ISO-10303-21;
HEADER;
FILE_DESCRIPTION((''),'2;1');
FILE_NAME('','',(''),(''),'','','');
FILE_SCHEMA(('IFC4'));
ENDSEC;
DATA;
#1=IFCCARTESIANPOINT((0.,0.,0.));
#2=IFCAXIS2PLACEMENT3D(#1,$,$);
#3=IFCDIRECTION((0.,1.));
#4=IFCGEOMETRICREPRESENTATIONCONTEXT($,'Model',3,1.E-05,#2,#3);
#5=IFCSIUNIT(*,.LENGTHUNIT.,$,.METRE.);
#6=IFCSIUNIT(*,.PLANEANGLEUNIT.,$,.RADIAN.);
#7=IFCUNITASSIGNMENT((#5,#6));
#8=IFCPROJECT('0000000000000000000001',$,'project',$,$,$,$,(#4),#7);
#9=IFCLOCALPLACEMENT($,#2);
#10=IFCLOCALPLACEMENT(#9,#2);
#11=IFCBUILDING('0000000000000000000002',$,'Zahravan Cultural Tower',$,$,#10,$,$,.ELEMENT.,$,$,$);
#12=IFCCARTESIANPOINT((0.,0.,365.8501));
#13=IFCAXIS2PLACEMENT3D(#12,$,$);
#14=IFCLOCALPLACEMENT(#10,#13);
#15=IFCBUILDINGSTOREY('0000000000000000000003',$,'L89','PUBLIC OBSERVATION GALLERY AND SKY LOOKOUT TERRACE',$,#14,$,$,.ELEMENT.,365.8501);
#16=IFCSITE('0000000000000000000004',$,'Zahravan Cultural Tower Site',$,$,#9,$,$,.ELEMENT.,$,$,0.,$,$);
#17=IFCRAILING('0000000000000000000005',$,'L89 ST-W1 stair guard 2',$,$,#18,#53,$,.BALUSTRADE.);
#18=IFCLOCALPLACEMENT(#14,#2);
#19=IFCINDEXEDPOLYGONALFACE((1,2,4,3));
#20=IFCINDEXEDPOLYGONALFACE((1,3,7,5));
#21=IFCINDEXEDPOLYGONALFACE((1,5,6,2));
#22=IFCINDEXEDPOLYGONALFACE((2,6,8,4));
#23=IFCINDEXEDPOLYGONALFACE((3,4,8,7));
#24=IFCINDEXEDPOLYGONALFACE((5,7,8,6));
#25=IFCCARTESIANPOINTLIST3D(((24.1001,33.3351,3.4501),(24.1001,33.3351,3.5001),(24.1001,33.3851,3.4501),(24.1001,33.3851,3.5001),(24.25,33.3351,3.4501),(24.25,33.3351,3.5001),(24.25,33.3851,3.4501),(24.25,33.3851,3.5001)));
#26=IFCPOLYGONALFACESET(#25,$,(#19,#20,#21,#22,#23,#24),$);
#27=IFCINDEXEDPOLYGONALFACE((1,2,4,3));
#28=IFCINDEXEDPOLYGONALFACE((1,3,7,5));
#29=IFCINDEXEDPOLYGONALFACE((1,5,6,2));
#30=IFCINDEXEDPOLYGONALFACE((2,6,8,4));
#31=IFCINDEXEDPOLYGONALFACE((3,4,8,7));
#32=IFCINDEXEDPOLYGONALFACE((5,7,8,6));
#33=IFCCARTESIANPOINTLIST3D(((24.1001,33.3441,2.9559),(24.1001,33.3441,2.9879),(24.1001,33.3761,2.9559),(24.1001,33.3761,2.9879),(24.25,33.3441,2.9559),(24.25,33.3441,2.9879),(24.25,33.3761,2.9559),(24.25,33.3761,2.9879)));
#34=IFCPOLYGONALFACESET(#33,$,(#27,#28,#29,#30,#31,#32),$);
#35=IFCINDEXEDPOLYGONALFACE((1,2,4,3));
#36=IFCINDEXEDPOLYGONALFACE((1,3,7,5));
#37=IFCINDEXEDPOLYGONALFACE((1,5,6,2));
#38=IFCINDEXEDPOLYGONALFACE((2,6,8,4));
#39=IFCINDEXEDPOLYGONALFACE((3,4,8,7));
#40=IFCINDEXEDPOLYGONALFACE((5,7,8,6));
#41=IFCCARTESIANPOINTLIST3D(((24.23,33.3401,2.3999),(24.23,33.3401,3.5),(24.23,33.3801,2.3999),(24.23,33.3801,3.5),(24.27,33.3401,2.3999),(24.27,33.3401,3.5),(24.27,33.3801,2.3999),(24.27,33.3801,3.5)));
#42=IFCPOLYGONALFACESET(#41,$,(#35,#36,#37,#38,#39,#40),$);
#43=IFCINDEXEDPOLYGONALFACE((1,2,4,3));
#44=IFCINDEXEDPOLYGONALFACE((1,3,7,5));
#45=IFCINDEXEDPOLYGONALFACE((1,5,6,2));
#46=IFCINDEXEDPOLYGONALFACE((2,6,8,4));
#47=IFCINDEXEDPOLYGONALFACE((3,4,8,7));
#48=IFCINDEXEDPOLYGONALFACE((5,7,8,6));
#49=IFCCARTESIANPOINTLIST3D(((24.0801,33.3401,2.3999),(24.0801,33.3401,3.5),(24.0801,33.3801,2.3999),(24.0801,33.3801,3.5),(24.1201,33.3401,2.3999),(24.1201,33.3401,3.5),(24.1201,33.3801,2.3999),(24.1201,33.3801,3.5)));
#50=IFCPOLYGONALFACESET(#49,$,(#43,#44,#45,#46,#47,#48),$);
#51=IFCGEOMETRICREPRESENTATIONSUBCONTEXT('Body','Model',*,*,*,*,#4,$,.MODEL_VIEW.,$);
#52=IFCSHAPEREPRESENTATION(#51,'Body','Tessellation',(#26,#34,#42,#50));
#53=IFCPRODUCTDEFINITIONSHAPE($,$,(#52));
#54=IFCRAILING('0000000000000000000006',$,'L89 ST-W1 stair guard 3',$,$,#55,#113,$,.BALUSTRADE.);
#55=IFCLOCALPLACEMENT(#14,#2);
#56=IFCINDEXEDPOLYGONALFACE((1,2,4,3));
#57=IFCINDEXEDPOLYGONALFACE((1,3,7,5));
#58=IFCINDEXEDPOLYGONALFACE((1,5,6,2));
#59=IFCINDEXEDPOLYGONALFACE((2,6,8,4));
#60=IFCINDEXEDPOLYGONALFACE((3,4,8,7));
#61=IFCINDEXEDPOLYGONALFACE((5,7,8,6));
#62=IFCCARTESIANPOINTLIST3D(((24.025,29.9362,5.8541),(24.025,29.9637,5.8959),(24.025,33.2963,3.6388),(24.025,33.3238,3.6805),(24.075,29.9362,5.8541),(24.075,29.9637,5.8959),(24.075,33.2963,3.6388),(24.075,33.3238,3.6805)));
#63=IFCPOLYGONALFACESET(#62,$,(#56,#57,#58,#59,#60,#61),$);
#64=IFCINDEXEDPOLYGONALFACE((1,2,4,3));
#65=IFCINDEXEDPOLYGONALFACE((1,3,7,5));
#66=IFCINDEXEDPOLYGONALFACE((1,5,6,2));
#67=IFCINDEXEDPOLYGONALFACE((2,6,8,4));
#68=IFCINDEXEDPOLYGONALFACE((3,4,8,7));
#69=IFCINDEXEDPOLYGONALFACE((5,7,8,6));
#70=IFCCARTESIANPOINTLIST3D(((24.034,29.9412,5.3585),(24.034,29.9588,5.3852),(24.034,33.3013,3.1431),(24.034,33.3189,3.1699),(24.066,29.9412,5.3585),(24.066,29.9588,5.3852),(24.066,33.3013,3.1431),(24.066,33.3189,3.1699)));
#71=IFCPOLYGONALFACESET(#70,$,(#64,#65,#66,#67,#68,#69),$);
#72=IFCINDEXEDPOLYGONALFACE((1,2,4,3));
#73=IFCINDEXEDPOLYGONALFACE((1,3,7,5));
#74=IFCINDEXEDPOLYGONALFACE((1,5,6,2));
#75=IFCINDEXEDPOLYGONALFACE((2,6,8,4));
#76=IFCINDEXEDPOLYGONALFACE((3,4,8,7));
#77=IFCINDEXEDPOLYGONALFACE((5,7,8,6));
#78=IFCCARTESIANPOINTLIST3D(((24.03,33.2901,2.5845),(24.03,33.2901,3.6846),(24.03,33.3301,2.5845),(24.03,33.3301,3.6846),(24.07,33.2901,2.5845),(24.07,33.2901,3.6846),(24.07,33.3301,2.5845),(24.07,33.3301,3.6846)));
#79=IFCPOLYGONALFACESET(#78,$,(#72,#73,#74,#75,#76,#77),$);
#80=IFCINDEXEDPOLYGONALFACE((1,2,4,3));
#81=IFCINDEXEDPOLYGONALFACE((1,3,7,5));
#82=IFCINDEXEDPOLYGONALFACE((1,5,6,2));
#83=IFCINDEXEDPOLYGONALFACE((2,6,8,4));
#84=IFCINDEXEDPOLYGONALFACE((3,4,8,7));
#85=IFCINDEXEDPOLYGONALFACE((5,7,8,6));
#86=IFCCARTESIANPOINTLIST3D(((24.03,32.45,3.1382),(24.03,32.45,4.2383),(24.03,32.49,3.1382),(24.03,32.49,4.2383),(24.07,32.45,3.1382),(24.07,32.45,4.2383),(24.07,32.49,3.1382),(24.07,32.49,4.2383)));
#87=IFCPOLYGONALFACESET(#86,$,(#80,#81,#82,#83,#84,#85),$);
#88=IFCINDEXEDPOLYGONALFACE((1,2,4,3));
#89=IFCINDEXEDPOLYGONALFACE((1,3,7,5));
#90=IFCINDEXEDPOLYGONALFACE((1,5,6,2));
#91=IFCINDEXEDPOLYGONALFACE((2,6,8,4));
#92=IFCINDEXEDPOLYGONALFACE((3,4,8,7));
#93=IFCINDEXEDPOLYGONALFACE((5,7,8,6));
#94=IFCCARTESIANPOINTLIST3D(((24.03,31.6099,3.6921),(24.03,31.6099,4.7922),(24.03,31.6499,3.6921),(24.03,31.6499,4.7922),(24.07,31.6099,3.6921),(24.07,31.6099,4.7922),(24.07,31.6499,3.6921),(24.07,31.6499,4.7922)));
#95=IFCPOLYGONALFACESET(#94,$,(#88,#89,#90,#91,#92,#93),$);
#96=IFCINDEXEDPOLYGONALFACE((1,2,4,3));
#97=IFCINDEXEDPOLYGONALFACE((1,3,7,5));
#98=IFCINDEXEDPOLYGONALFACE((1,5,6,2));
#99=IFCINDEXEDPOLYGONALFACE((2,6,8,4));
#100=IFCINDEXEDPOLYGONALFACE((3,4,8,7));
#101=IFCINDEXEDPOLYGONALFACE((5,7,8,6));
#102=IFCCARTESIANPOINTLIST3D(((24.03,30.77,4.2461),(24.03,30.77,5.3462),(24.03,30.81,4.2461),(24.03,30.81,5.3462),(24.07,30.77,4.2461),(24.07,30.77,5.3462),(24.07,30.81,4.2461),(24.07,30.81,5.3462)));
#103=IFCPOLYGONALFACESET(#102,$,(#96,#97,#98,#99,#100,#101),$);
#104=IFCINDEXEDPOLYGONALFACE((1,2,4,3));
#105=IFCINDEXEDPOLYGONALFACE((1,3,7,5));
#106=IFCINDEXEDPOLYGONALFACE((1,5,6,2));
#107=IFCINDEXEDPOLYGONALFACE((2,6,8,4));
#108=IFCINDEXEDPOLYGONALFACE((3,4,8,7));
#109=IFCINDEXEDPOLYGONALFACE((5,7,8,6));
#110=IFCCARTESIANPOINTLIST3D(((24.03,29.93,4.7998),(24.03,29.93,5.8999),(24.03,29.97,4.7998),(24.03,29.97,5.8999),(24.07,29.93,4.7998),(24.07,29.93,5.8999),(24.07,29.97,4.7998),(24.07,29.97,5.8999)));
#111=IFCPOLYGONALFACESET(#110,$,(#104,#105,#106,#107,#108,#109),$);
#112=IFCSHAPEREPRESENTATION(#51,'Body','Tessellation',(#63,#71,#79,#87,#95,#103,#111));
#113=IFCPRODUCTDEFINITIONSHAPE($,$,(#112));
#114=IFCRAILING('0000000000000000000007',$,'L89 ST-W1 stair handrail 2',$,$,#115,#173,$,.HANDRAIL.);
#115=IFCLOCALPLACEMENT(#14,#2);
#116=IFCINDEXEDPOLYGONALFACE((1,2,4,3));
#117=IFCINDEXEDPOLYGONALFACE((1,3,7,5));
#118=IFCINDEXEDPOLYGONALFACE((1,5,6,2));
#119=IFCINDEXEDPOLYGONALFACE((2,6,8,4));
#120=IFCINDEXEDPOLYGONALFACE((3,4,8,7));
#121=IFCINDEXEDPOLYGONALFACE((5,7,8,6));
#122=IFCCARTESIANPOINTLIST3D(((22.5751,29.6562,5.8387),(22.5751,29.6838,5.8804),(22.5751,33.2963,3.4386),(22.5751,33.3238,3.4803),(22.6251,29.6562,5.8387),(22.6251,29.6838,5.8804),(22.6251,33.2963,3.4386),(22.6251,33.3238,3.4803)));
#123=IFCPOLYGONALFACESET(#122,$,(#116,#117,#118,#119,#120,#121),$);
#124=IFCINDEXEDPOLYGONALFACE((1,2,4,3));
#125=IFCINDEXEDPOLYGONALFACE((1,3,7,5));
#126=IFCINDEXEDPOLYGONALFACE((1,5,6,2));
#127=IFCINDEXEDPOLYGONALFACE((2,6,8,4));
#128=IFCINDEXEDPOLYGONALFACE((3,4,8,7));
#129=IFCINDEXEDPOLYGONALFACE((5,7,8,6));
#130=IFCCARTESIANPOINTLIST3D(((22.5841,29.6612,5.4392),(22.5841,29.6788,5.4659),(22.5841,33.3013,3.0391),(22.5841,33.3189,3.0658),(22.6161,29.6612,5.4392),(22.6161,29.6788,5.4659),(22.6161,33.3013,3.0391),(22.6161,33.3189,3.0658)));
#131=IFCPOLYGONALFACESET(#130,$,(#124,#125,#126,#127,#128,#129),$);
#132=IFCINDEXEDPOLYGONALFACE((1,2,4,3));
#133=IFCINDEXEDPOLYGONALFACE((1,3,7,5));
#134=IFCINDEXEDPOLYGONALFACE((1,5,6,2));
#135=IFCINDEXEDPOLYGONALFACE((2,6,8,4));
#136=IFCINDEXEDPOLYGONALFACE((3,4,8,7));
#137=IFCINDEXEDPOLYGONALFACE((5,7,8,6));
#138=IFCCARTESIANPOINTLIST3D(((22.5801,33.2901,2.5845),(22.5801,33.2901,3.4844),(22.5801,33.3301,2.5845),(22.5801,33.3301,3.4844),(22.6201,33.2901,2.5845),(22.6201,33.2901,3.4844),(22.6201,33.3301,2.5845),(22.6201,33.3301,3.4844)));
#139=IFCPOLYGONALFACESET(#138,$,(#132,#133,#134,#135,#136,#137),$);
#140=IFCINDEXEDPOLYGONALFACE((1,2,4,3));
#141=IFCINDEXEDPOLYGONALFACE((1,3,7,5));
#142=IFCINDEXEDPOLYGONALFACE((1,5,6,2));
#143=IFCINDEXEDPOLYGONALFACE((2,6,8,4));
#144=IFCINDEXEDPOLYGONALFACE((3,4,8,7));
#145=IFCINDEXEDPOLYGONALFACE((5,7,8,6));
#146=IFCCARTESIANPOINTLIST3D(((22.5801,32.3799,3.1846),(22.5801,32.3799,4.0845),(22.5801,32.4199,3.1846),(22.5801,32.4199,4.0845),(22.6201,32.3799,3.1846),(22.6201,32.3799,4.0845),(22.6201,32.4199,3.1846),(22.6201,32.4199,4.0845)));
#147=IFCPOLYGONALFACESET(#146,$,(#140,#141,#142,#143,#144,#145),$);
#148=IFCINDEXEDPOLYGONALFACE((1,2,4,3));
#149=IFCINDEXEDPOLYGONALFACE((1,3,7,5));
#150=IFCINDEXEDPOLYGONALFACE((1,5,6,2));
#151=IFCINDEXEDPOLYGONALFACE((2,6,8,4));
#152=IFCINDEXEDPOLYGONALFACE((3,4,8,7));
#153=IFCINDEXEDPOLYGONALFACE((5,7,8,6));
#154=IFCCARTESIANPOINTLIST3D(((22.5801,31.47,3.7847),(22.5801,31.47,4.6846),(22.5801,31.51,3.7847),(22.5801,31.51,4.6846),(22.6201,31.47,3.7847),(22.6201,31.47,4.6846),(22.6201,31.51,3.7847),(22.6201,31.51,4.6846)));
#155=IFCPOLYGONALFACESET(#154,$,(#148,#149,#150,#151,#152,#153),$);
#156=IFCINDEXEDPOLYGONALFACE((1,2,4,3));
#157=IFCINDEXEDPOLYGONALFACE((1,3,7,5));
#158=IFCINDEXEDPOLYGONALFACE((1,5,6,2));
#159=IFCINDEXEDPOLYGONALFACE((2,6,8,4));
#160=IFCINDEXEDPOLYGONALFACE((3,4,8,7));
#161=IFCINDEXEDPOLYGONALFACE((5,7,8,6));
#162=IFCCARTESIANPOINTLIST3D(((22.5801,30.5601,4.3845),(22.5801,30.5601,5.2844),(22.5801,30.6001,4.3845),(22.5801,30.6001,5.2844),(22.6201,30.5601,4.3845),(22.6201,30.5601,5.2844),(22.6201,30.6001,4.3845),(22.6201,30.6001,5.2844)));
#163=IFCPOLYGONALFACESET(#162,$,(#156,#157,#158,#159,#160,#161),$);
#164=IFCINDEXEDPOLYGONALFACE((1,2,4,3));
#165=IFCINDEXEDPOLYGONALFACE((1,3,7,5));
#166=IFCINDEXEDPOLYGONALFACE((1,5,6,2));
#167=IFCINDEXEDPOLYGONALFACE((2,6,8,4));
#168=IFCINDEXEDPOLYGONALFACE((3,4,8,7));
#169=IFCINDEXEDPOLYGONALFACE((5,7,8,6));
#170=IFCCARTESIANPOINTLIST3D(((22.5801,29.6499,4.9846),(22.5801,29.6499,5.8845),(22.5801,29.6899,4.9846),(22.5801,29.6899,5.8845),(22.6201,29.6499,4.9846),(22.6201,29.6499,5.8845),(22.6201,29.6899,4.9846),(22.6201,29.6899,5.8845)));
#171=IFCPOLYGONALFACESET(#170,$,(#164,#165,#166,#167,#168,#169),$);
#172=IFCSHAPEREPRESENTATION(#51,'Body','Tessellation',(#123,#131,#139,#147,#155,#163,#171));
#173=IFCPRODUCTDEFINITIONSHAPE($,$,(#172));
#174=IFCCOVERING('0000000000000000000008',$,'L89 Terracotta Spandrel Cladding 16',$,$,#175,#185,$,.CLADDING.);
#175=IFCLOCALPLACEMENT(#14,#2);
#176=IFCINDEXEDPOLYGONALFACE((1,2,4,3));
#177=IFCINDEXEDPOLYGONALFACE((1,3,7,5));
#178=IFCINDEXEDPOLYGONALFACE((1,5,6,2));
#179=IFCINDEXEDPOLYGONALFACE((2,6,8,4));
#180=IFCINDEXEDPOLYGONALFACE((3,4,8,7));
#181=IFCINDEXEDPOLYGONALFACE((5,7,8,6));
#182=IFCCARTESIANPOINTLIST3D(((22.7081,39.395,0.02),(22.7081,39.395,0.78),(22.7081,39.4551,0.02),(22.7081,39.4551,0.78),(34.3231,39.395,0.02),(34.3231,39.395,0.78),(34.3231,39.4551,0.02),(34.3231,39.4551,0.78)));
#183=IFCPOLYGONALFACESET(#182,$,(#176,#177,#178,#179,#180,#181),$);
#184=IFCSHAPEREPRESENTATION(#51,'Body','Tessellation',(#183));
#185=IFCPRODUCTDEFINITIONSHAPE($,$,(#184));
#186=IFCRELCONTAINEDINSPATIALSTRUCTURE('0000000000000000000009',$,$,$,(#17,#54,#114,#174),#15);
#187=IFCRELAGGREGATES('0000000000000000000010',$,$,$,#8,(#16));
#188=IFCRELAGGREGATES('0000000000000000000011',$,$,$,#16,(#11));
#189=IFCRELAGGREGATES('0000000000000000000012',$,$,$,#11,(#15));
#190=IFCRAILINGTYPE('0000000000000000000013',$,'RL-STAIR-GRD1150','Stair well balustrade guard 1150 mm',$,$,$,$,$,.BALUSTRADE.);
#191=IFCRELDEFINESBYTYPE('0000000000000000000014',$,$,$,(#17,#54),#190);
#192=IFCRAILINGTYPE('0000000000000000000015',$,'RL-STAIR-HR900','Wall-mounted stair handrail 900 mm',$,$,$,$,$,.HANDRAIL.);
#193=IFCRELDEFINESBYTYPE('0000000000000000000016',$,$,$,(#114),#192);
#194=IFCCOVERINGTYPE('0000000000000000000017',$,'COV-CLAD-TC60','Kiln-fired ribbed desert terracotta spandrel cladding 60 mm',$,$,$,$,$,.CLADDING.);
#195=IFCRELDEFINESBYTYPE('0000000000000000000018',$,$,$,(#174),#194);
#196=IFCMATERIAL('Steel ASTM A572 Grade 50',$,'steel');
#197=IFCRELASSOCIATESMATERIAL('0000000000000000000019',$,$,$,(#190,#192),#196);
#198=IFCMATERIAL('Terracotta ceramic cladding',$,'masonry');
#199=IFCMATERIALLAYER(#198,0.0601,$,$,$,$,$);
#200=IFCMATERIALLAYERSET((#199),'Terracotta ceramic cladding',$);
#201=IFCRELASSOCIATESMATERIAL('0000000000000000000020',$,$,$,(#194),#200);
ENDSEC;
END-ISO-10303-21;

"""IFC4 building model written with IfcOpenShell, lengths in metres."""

from ifc_helpers import new_model, si_unit, direction, frame, origin, origin_2d, place, context, subcontext, project, spatial, rectangle, extrude, source, transform, mapped, material, layer, layer_set, type_object, element, save


model = new_model("IFC4")

# Units and contexts
model_context = context("Model", 3, precision=1e-05, world=origin(), true_north=direction((0.0, 1.0)))
body_context = subcontext(model_context, "Body", "Model", "MODEL_VIEW")
ifc_project = project(units=[si_unit("LENGTHUNIT", "METRE"), si_unit("PLANEANGLEUNIT", "RADIAN")], contexts=[model_context])

# Site, building, storey
site_placement = place(None, origin())
site = spatial("IfcSite", under=ifc_project, at=site_placement, Name="Zahravan Cultural Tower Site", CompositionType="ELEMENT", RefElevation=0.0)
building_placement = place(site_placement, origin())
building = spatial("IfcBuilding", under=site, at=building_placement, Name="Zahravan Cultural Tower", CompositionType="ELEMENT")
storey_placement = place(building_placement, frame((0.0, 0.0, 365.8501)))
storey = spatial("IfcBuildingStorey", under=building, at=storey_placement, Name="L89", Description="PUBLIC OBSERVATION GALLERY AND SKY LOOKOUT TERRACE", CompositionType="ELEMENT", Elevation=365.8501)

# Shared definitions
ifc_material_1 = material(Name="Steel ASTM A572 Grade 50", Category="steel")

# Railings
railing_type_1 = type_object("IfcRailingType", Name="RL-STAIR-GRD1150", Description="Stair well balustrade guard 1150 mm", PredefinedType="BALUSTRADE", material=ifc_material_1)
railing_1_placement = place(storey_placement, frame((24.25, 33.3601, 2.3999)))
element("IfcRailing", 1, at=railing_1_placement, inside=storey, type_object=railing_type_1, Name="L89 ST-W1 stair guard 2", PredefinedType="BALUSTRADE", context=body_context, shape_type="SweptSolid", body=[
    extrude(rectangle(XDim=0.05, YDim=0.05, at=origin_2d()), frame((0.0, 0.0, 1.0752), z_axis=(-1.0, 0.0, 0.0), x_axis=(0.0, -1.0, 0.0)), (0.0, 0.0, 1.0), 0.1499),
    extrude(rectangle(XDim=0.032, YDim=0.032, at=origin_2d()), frame((0.0, 0.0, 0.572), z_axis=(-1.0, 0.0, 0.0), x_axis=(0.0, -1.0, 0.0)), (0.0, 0.0, 1.0), 0.1499),
    extrude(rectangle(XDim=0.04, YDim=0.04, at=origin_2d()), origin(), (0.0, 0.0, 1.0), 1.1001),
    extrude(rectangle(XDim=0.04, YDim=0.04, at=origin_2d()), frame((-0.1499, 0.0, 0.0)), (0.0, 0.0, 1.0), 1.1001),
])
railing_2_placement = place(storey_placement, frame((24.05, 33.3101, 2.5845)))
element("IfcRailing", 2, at=railing_2_placement, inside=storey, type_object=railing_type_1, Name="L89 ST-W1 stair guard 3", PredefinedType="BALUSTRADE", context=body_context, shape_type="SweptSolid", body=[
    extrude(rectangle(XDim=0.05, YDim=0.05, at=origin_2d()), frame((0.0, 0.0, 1.0752), z_axis=(0.0, -0.834876, 0.550437), x_axis=(1.0, 0.0, 0.0)), (0.0, 0.0, 1.0), 4.0247),
    extrude(rectangle(XDim=0.032, YDim=0.032, at=origin_2d()), frame((0.0, 0.0, 0.572), z_axis=(0.0, -0.834876, 0.550437), x_axis=(1.0, 0.0, 0.0)), (0.0, 0.0, 1.0), 4.0247),
    extrude(rectangle(XDim=0.04, YDim=0.04, at=origin_2d()), origin(), (0.0, 0.0, 1.0), 1.1001),
    extrude(rectangle(XDim=0.04, YDim=0.04, at=origin_2d()), frame((0.0, -0.8401, 0.5537)), (0.0, 0.0, 1.0), 1.1001),
    extrude(rectangle(XDim=0.04, YDim=0.04, at=origin_2d()), frame((0.0, -1.6802, 1.1077)), (0.0, 0.0, 1.0), 1.1001),
    extrude(rectangle(XDim=0.04, YDim=0.04, at=origin_2d()), frame((0.0, -2.52, 1.6616)), (0.0, 0.0, 1.0), 1.1001),
    extrude(rectangle(XDim=0.04, YDim=0.04, at=origin_2d()), frame((0.0, -3.3601, 2.2153)), (0.0, 0.0, 1.0), 1.1001),
])
railing_type_2 = type_object("IfcRailingType", Name="RL-STAIR-HR900", Description="Wall-mounted stair handrail 900 mm", PredefinedType="HANDRAIL", material=ifc_material_1)
railing_3_placement = place(storey_placement, frame((22.6001, 33.3101, 2.5845)))
element("IfcRailing", 3, at=railing_3_placement, inside=storey, type_object=railing_type_2, Name="L89 ST-W1 stair handrail 2", PredefinedType="HANDRAIL", context=body_context, shape_type="SweptSolid", body=[
    extrude(rectangle(XDim=0.05, YDim=0.05, at=origin_2d()), frame((0.0, 0.0, 0.875), z_axis=(0.0, -0.834856, 0.550468), x_axis=(1.0, 0.0, 0.0)), (0.0, 0.0, 1.0), 4.3601),
    extrude(rectangle(XDim=0.032, YDim=0.032, at=origin_2d()), frame((0.0, 0.0, 0.468), z_axis=(0.0, -0.834856, 0.550468), x_axis=(1.0, 0.0, 0.0)), (0.0, 0.0, 1.0), 4.3601),
    extrude(rectangle(XDim=0.04, YDim=0.04, at=origin_2d()), origin(), (0.0, 0.0, 1.0), 0.8999),
    extrude(rectangle(XDim=0.04, YDim=0.04, at=origin_2d()), frame((0.0, -0.9102, 0.6001)), (0.0, 0.0, 1.0), 0.8999),
    extrude(rectangle(XDim=0.04, YDim=0.04, at=origin_2d()), frame((0.0, -1.8201, 1.2002)), (0.0, 0.0, 1.0), 0.8999),
    extrude(rectangle(XDim=0.04, YDim=0.04, at=origin_2d()), frame((0.0, -2.73, 1.8)), (0.0, 0.0, 1.0), 0.8999),
    extrude(rectangle(XDim=0.04, YDim=0.04, at=origin_2d()), frame((0.0, -3.6401, 2.4001)), (0.0, 0.0, 1.0), 0.8999),
])

# Covering
ifc_material_2 = material(Name="Terracotta ceramic cladding", Category="masonry")
ifc_layer_1 = layer(ifc_material_2, 0.0601)
ifc_layer_set_1 = layer_set([ifc_layer_1], Name="Terracotta ceramic cladding")
covering_type = type_object("IfcCoveringType", Name="COV-CLAD-TC60", Description="Kiln-fired ribbed desert terracotta spandrel cladding 60 mm", PredefinedType="CLADDING", material=ifc_layer_set_1)
shared_shape_1 = source(origin(), body_context, "Body", "SweptSolid", [
    extrude(rectangle(XDim=11.615, YDim=0.0601, at=origin_2d()), origin(), (0.0, 0.0, 1.0), 0.76),
])
covering_placement = place(storey_placement, frame((28.5156, 39.425, 0.02), z_axis=(0.0, 0.0, 1.0), x_axis=(1.0, 0.0, 0.0)))
element("IfcCovering", 4, at=covering_placement, inside=storey, type_object=covering_type, Name="L89 Terracotta Spandrel Cladding 16", PredefinedType="CLADDING", context=body_context, shape_type="MappedRepresentation", body=[
    mapped(shared_shape_1, transform((0.0, 0.0, 0.0), x_axis=(1.0, 0.0, 0.0), y_axis=(0.0, 1.0, 0.0), z_axis=(0.0, 0.0, 1.0), scale=1.0)),
])

save(model, "model.ifc")
